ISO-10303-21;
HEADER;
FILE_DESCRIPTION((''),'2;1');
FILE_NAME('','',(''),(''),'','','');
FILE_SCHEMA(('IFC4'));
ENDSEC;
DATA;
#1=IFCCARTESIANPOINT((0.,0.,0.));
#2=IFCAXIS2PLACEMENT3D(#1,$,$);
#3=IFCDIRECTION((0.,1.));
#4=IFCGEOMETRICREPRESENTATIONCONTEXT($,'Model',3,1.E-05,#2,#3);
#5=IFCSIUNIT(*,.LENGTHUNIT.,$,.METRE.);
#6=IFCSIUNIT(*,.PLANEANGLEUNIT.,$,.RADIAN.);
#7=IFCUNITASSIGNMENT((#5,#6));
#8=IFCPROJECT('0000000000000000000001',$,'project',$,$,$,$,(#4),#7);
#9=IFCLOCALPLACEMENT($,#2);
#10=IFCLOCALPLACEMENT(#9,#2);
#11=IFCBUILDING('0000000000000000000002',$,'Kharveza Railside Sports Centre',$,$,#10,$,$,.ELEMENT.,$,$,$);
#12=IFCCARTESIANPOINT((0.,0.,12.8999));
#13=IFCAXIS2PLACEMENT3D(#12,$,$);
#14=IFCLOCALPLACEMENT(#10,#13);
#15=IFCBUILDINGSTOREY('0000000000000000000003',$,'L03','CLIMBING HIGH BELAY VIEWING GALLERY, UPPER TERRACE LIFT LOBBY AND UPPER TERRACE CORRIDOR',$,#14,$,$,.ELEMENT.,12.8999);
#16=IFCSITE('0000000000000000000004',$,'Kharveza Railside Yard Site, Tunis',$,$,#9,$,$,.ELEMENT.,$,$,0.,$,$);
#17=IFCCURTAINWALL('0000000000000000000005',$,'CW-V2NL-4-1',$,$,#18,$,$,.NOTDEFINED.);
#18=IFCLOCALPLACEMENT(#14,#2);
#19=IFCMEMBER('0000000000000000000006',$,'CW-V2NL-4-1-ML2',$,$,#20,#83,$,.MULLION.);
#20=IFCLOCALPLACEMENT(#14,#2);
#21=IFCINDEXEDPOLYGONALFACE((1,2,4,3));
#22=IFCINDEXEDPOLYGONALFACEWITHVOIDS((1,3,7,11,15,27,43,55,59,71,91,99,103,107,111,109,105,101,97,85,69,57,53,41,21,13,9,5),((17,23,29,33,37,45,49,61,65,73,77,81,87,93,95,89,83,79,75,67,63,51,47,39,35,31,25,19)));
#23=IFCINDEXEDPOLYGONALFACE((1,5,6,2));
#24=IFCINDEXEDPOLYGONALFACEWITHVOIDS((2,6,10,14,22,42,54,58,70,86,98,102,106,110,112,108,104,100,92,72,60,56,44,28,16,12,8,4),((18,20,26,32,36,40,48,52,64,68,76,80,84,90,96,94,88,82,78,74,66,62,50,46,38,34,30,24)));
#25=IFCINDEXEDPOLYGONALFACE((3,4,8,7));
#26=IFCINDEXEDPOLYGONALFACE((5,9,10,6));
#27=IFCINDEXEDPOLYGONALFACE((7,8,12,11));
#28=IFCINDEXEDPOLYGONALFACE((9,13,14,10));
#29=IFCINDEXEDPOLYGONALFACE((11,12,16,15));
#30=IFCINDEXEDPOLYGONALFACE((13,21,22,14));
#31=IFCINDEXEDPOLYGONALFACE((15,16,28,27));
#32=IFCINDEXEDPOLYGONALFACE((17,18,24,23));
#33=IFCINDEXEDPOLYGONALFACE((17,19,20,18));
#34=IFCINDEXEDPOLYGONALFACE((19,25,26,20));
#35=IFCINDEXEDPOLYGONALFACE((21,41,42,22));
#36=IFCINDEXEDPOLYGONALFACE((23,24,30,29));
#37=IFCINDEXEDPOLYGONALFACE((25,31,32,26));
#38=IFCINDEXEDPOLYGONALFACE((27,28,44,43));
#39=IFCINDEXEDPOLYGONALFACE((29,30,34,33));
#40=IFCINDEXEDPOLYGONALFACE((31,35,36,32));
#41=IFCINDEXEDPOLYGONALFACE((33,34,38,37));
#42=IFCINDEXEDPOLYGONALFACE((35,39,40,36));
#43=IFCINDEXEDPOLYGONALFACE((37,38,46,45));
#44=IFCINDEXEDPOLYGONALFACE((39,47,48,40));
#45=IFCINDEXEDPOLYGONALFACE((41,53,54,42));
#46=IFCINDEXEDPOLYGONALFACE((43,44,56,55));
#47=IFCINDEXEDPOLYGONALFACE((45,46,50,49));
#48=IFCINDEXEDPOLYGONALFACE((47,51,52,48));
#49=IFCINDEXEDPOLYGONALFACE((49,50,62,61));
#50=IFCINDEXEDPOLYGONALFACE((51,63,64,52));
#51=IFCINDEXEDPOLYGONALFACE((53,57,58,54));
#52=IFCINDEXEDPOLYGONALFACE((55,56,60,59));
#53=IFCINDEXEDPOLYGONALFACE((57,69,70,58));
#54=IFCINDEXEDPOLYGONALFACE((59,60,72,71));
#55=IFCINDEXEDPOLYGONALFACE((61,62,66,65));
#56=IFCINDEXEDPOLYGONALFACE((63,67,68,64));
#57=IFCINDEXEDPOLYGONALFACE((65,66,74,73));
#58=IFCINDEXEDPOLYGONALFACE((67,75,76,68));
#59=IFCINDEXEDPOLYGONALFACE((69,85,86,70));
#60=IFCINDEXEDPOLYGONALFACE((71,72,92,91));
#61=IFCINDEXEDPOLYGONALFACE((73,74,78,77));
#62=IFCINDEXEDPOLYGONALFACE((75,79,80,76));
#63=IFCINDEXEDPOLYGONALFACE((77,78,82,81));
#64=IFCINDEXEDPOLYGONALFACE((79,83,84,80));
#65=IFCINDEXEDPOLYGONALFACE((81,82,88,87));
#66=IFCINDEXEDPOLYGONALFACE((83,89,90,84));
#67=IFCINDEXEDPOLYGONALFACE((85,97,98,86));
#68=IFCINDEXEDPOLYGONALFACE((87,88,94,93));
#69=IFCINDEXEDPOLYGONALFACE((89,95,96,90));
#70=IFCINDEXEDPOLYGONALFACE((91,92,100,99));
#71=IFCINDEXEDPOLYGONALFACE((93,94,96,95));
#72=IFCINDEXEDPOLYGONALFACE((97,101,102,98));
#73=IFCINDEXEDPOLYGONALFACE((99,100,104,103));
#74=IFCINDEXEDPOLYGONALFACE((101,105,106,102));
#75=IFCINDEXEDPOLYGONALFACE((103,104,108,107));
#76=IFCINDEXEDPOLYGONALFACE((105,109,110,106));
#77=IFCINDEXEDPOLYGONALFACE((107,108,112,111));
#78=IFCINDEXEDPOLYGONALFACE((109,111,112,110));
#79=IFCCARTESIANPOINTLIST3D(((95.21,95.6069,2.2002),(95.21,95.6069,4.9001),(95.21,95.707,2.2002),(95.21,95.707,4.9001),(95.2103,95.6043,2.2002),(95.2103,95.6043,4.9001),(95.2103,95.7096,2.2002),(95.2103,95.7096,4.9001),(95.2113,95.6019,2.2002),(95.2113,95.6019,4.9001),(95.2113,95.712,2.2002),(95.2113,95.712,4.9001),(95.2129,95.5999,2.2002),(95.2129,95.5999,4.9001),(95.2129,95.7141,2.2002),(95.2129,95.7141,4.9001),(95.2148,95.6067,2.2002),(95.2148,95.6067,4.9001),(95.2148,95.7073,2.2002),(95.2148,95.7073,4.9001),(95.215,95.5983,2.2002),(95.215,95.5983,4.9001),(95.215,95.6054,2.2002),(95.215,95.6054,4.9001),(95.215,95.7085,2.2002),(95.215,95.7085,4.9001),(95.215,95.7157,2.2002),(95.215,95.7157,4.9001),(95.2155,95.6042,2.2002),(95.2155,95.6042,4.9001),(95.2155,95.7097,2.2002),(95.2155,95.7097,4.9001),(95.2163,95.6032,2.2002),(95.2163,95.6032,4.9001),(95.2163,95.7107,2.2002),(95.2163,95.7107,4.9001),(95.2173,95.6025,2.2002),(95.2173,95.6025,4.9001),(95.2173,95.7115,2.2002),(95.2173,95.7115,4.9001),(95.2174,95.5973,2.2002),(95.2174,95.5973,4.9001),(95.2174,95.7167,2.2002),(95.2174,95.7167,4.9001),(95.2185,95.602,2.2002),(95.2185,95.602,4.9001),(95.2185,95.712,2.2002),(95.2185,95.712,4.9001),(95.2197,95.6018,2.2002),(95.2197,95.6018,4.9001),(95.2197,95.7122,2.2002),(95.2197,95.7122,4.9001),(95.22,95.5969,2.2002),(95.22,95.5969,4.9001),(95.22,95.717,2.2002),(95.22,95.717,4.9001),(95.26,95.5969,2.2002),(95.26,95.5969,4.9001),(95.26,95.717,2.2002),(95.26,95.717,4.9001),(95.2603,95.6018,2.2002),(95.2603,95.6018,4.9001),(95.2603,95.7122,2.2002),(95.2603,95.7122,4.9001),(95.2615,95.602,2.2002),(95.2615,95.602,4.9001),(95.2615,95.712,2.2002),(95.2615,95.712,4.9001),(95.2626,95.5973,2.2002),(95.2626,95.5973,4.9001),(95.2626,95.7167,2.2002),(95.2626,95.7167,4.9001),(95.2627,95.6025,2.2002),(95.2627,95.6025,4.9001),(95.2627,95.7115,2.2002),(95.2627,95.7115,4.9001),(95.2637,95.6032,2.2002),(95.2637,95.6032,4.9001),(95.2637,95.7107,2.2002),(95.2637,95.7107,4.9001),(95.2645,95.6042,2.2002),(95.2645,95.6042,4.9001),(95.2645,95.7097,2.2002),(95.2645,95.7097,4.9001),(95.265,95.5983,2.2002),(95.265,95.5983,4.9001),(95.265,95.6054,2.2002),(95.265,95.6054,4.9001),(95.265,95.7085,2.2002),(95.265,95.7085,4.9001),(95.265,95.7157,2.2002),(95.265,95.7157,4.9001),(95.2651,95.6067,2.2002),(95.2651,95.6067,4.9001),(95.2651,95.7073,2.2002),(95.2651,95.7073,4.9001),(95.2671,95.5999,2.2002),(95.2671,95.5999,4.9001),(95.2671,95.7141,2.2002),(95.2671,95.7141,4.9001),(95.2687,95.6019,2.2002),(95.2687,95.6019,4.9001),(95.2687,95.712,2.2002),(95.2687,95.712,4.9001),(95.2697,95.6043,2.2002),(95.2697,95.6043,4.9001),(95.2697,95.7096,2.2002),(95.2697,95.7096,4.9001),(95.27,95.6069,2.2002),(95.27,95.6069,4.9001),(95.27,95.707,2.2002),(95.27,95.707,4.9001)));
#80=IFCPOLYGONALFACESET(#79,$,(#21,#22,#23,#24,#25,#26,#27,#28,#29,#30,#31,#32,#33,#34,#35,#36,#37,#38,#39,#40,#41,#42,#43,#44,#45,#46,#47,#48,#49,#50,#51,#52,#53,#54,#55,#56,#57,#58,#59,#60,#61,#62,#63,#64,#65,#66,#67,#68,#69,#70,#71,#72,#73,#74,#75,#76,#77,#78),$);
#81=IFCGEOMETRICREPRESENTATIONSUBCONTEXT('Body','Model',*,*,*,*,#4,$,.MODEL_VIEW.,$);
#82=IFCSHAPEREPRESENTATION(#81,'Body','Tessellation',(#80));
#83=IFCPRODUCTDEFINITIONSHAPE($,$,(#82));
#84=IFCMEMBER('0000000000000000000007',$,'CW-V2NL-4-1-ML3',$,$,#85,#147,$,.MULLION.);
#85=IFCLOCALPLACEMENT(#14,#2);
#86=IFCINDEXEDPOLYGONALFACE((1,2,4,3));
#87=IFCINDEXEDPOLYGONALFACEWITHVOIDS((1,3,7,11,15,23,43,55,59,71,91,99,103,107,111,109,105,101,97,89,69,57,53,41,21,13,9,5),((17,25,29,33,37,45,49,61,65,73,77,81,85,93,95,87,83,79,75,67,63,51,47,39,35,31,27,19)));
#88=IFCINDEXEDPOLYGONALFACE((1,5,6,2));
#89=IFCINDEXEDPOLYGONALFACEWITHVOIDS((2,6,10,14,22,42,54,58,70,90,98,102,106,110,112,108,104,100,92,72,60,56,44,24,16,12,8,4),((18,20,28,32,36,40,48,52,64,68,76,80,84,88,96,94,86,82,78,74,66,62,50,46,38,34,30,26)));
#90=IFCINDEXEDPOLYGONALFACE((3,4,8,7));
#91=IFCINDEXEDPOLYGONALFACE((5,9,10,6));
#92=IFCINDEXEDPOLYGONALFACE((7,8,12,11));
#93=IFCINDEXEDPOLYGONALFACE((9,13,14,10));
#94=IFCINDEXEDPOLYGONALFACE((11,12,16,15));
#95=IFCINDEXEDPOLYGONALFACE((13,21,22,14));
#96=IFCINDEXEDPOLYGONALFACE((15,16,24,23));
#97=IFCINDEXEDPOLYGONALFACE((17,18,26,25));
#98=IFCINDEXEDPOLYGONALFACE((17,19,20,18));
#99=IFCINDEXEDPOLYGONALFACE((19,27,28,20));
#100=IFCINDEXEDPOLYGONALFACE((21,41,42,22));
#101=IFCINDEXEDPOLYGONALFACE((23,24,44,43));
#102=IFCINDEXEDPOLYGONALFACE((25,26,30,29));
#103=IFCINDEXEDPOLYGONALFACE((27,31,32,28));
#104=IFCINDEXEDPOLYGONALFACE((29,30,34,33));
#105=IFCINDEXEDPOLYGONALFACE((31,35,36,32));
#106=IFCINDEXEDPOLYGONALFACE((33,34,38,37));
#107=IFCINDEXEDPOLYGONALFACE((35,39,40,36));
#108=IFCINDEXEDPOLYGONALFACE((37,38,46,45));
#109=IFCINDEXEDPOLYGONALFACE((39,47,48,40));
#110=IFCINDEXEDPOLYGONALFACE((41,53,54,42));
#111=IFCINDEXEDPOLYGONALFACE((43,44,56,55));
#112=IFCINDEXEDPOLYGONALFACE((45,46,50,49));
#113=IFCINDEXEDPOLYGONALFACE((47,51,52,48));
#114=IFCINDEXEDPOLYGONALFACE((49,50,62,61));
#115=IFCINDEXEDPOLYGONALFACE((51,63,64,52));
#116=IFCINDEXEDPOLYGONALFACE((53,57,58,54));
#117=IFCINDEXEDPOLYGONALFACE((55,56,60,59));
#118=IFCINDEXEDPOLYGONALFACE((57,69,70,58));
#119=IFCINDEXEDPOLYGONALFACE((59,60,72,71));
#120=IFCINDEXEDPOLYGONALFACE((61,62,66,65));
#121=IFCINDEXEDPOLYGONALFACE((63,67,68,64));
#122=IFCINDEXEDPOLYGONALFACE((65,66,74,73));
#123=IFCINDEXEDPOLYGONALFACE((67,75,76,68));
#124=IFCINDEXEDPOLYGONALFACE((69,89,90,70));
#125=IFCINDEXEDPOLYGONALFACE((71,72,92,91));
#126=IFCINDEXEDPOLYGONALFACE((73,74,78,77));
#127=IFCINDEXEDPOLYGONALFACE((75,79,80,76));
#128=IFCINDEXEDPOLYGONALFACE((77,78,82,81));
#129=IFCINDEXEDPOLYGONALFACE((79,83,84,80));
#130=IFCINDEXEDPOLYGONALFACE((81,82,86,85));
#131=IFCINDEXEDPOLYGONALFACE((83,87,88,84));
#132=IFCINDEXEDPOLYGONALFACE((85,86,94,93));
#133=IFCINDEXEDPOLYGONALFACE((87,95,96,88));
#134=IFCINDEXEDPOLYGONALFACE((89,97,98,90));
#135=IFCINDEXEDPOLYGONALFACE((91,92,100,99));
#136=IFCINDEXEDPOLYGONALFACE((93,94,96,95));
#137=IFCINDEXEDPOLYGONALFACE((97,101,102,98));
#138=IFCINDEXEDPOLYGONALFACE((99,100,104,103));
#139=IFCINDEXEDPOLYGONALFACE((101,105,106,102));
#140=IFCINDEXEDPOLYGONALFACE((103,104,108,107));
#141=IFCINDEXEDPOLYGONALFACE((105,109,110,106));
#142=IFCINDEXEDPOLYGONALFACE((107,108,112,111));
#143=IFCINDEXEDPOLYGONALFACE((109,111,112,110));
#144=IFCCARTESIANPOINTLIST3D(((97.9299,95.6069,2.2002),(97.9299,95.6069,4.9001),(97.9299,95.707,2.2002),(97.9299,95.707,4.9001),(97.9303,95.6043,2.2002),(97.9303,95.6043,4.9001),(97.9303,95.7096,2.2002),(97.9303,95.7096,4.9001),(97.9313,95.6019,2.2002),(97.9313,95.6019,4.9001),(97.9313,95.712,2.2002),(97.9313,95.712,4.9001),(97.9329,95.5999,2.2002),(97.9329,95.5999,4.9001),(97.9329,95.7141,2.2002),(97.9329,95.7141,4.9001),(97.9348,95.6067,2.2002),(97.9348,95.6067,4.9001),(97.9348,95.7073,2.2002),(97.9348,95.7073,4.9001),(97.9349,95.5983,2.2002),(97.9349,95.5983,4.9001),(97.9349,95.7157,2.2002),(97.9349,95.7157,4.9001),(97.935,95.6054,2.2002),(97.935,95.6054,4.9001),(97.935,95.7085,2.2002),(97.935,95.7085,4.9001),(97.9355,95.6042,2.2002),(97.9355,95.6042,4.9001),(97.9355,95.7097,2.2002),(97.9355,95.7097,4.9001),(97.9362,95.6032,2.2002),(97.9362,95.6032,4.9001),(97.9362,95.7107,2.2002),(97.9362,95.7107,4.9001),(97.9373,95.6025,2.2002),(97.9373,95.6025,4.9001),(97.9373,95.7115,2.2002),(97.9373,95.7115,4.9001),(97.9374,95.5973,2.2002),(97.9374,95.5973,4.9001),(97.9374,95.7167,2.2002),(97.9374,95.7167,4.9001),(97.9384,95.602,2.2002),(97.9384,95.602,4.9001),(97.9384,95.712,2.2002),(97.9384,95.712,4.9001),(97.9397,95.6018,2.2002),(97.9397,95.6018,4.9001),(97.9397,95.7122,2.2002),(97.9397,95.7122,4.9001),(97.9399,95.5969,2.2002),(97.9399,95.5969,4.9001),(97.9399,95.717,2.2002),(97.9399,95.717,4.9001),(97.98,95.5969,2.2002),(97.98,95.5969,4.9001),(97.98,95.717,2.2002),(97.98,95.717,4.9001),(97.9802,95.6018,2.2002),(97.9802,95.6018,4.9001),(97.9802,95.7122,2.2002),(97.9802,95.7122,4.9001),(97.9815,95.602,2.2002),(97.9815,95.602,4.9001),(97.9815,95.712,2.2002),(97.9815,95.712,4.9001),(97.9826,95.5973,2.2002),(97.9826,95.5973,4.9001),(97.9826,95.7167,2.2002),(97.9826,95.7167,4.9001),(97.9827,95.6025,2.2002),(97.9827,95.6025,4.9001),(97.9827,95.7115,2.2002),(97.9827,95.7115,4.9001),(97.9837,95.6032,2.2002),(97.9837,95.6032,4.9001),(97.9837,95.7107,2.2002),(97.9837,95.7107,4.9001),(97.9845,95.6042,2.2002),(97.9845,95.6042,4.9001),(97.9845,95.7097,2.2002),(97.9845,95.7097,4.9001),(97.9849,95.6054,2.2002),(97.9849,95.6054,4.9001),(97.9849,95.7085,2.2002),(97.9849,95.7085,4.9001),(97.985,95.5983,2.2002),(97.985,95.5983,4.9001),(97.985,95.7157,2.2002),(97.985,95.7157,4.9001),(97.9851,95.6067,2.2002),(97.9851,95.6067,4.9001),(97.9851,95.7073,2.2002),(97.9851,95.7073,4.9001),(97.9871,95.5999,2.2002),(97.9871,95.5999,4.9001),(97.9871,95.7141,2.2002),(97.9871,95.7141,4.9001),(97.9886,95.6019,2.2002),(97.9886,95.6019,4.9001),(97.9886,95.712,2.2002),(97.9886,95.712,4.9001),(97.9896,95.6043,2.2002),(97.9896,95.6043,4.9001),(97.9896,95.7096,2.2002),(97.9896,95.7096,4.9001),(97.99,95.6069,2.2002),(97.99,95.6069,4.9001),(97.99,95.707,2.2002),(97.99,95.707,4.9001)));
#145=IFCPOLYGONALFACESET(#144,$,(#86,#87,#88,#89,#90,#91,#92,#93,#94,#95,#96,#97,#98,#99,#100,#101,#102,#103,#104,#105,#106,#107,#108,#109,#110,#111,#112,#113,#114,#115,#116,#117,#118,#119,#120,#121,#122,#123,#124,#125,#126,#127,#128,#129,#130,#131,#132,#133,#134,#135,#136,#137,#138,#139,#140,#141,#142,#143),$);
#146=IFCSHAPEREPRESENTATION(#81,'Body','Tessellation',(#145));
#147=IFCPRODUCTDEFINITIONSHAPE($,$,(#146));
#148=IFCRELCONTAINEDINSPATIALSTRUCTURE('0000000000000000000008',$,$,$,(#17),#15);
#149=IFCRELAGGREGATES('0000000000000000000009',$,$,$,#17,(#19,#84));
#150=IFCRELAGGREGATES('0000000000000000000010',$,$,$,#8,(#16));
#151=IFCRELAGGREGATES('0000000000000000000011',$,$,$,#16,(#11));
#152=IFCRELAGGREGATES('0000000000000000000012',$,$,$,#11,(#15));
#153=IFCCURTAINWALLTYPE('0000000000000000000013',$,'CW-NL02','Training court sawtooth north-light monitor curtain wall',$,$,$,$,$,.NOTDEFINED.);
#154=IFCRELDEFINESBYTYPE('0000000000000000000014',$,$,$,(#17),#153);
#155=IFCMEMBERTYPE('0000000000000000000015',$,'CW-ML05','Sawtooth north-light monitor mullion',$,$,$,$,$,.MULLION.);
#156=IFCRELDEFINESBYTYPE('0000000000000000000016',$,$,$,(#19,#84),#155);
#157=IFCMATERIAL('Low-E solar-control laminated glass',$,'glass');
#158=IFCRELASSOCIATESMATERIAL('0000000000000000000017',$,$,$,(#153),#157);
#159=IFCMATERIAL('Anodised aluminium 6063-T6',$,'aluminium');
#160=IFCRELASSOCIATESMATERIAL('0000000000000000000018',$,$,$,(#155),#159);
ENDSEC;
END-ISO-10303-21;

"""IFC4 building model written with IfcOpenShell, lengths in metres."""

from ifc_helpers import new_model, si_unit, direction, frame, origin, origin_2d, place, context, subcontext, project, spatial, hollow_rectangle, extrude, material, material_profile, profile_set, type_object, element, aggregate, save


model = new_model("IFC4")

# Units and contexts
model_context = context("Model", 3, precision=1e-05, world=origin(), true_north=direction((0.0, 1.0)))
body_context = subcontext(model_context, "Body", "Model", "MODEL_VIEW")
ifc_project = project(units=[si_unit("LENGTHUNIT", "METRE"), si_unit("PLANEANGLEUNIT", "RADIAN")], contexts=[model_context])

# Site, building, storey
site_placement = place(None, origin())
site = spatial("IfcSite", under=ifc_project, at=site_placement, Name="Kharveza Railside Yard Site, Tunis", CompositionType="ELEMENT", RefElevation=0.0)
building_placement = place(site_placement, origin())
building = spatial("IfcBuilding", under=site, at=building_placement, Name="Kharveza Railside Sports Centre", CompositionType="ELEMENT")
storey_placement = place(building_placement, frame((0.0, 0.0, 12.8999)))
storey = spatial("IfcBuildingStorey", under=building, at=storey_placement, Name="L03", Description="CLIMBING HIGH BELAY VIEWING GALLERY, UPPER TERRACE LIFT LOBBY AND UPPER TERRACE CORRIDOR", CompositionType="ELEMENT", Elevation=12.8999)

# Curtain wall, members
ifc_material_1 = material(Name="Low-E solar-control laminated glass", Category="glass")
curtain_wall_type = type_object("IfcCurtainWallType", Name="CW-NL02", Description="Training court sawtooth north-light monitor curtain wall", PredefinedType="NOTDEFINED", material=ifc_material_1)
ifc_material_2 = material(Name="Anodised aluminium 6063-T6", Category="aluminium")
ifc_material_profile_1 = material_profile(ifc_material_2, hollow_rectangle(XDim=0.0601, YDim=0.1201, WallThickness=0.0049, InnerFilletRadius=0.0049, OuterFilletRadius=0.01, at=origin_2d()), Name="RHS 60x120x5.0")
ifc_profile_set_1 = profile_set([ifc_material_profile_1], Name="Anodised aluminium 6063-T6")
member_type_1 = type_object("IfcMemberType", Name="CW-ML05", Description="Sawtooth north-light monitor mullion", PredefinedType="MULLION", material=ifc_profile_set_1)
curtain_wall_1_placement = place(storey_placement, origin())
curtain_wall_1 = element("IfcCurtainWall", 1, at=curtain_wall_1_placement, inside=storey, type_object=curtain_wall_type, Name="CW-V2NL-4-1", PredefinedType="NOTDEFINED")
member_1_placement = place(storey_placement, frame((95.24, 95.657, 2.2002), z_axis=(0.0, 0.0, 1.0), x_axis=(1.0, 0.0, 0.0)))
member_1 = element("IfcMember", 2, at=member_1_placement, type_object=member_type_1, Name="CW-V2NL-4-1-ML2", PredefinedType="MULLION", context=body_context, shape_type="SweptSolid", body=[
    extrude(hollow_rectangle(XDim=0.0601, YDim=0.1201, WallThickness=0.0049, InnerFilletRadius=0.0049, OuterFilletRadius=0.01, at=origin_2d()), origin(), (0.0, 0.0, 1.0), 2.7),
])
member_2_placement = place(storey_placement, frame((97.96, 95.657, 2.2002), z_axis=(0.0, 0.0, 1.0), x_axis=(1.0, 0.0, 0.0)))
member_2 = element("IfcMember", 3, at=member_2_placement, type_object=member_type_1, Name="CW-V2NL-4-1-ML3", PredefinedType="MULLION", context=body_context, shape_type="SweptSolid", body=[
    extrude(hollow_rectangle(XDim=0.0601, YDim=0.1201, WallThickness=0.0049, InnerFilletRadius=0.0049, OuterFilletRadius=0.01, at=origin_2d()), origin(), (0.0, 0.0, 1.0), 2.7),
])

aggregate(curtain_wall_1, [member_1, member_2])

save(model, "model.ifc")
